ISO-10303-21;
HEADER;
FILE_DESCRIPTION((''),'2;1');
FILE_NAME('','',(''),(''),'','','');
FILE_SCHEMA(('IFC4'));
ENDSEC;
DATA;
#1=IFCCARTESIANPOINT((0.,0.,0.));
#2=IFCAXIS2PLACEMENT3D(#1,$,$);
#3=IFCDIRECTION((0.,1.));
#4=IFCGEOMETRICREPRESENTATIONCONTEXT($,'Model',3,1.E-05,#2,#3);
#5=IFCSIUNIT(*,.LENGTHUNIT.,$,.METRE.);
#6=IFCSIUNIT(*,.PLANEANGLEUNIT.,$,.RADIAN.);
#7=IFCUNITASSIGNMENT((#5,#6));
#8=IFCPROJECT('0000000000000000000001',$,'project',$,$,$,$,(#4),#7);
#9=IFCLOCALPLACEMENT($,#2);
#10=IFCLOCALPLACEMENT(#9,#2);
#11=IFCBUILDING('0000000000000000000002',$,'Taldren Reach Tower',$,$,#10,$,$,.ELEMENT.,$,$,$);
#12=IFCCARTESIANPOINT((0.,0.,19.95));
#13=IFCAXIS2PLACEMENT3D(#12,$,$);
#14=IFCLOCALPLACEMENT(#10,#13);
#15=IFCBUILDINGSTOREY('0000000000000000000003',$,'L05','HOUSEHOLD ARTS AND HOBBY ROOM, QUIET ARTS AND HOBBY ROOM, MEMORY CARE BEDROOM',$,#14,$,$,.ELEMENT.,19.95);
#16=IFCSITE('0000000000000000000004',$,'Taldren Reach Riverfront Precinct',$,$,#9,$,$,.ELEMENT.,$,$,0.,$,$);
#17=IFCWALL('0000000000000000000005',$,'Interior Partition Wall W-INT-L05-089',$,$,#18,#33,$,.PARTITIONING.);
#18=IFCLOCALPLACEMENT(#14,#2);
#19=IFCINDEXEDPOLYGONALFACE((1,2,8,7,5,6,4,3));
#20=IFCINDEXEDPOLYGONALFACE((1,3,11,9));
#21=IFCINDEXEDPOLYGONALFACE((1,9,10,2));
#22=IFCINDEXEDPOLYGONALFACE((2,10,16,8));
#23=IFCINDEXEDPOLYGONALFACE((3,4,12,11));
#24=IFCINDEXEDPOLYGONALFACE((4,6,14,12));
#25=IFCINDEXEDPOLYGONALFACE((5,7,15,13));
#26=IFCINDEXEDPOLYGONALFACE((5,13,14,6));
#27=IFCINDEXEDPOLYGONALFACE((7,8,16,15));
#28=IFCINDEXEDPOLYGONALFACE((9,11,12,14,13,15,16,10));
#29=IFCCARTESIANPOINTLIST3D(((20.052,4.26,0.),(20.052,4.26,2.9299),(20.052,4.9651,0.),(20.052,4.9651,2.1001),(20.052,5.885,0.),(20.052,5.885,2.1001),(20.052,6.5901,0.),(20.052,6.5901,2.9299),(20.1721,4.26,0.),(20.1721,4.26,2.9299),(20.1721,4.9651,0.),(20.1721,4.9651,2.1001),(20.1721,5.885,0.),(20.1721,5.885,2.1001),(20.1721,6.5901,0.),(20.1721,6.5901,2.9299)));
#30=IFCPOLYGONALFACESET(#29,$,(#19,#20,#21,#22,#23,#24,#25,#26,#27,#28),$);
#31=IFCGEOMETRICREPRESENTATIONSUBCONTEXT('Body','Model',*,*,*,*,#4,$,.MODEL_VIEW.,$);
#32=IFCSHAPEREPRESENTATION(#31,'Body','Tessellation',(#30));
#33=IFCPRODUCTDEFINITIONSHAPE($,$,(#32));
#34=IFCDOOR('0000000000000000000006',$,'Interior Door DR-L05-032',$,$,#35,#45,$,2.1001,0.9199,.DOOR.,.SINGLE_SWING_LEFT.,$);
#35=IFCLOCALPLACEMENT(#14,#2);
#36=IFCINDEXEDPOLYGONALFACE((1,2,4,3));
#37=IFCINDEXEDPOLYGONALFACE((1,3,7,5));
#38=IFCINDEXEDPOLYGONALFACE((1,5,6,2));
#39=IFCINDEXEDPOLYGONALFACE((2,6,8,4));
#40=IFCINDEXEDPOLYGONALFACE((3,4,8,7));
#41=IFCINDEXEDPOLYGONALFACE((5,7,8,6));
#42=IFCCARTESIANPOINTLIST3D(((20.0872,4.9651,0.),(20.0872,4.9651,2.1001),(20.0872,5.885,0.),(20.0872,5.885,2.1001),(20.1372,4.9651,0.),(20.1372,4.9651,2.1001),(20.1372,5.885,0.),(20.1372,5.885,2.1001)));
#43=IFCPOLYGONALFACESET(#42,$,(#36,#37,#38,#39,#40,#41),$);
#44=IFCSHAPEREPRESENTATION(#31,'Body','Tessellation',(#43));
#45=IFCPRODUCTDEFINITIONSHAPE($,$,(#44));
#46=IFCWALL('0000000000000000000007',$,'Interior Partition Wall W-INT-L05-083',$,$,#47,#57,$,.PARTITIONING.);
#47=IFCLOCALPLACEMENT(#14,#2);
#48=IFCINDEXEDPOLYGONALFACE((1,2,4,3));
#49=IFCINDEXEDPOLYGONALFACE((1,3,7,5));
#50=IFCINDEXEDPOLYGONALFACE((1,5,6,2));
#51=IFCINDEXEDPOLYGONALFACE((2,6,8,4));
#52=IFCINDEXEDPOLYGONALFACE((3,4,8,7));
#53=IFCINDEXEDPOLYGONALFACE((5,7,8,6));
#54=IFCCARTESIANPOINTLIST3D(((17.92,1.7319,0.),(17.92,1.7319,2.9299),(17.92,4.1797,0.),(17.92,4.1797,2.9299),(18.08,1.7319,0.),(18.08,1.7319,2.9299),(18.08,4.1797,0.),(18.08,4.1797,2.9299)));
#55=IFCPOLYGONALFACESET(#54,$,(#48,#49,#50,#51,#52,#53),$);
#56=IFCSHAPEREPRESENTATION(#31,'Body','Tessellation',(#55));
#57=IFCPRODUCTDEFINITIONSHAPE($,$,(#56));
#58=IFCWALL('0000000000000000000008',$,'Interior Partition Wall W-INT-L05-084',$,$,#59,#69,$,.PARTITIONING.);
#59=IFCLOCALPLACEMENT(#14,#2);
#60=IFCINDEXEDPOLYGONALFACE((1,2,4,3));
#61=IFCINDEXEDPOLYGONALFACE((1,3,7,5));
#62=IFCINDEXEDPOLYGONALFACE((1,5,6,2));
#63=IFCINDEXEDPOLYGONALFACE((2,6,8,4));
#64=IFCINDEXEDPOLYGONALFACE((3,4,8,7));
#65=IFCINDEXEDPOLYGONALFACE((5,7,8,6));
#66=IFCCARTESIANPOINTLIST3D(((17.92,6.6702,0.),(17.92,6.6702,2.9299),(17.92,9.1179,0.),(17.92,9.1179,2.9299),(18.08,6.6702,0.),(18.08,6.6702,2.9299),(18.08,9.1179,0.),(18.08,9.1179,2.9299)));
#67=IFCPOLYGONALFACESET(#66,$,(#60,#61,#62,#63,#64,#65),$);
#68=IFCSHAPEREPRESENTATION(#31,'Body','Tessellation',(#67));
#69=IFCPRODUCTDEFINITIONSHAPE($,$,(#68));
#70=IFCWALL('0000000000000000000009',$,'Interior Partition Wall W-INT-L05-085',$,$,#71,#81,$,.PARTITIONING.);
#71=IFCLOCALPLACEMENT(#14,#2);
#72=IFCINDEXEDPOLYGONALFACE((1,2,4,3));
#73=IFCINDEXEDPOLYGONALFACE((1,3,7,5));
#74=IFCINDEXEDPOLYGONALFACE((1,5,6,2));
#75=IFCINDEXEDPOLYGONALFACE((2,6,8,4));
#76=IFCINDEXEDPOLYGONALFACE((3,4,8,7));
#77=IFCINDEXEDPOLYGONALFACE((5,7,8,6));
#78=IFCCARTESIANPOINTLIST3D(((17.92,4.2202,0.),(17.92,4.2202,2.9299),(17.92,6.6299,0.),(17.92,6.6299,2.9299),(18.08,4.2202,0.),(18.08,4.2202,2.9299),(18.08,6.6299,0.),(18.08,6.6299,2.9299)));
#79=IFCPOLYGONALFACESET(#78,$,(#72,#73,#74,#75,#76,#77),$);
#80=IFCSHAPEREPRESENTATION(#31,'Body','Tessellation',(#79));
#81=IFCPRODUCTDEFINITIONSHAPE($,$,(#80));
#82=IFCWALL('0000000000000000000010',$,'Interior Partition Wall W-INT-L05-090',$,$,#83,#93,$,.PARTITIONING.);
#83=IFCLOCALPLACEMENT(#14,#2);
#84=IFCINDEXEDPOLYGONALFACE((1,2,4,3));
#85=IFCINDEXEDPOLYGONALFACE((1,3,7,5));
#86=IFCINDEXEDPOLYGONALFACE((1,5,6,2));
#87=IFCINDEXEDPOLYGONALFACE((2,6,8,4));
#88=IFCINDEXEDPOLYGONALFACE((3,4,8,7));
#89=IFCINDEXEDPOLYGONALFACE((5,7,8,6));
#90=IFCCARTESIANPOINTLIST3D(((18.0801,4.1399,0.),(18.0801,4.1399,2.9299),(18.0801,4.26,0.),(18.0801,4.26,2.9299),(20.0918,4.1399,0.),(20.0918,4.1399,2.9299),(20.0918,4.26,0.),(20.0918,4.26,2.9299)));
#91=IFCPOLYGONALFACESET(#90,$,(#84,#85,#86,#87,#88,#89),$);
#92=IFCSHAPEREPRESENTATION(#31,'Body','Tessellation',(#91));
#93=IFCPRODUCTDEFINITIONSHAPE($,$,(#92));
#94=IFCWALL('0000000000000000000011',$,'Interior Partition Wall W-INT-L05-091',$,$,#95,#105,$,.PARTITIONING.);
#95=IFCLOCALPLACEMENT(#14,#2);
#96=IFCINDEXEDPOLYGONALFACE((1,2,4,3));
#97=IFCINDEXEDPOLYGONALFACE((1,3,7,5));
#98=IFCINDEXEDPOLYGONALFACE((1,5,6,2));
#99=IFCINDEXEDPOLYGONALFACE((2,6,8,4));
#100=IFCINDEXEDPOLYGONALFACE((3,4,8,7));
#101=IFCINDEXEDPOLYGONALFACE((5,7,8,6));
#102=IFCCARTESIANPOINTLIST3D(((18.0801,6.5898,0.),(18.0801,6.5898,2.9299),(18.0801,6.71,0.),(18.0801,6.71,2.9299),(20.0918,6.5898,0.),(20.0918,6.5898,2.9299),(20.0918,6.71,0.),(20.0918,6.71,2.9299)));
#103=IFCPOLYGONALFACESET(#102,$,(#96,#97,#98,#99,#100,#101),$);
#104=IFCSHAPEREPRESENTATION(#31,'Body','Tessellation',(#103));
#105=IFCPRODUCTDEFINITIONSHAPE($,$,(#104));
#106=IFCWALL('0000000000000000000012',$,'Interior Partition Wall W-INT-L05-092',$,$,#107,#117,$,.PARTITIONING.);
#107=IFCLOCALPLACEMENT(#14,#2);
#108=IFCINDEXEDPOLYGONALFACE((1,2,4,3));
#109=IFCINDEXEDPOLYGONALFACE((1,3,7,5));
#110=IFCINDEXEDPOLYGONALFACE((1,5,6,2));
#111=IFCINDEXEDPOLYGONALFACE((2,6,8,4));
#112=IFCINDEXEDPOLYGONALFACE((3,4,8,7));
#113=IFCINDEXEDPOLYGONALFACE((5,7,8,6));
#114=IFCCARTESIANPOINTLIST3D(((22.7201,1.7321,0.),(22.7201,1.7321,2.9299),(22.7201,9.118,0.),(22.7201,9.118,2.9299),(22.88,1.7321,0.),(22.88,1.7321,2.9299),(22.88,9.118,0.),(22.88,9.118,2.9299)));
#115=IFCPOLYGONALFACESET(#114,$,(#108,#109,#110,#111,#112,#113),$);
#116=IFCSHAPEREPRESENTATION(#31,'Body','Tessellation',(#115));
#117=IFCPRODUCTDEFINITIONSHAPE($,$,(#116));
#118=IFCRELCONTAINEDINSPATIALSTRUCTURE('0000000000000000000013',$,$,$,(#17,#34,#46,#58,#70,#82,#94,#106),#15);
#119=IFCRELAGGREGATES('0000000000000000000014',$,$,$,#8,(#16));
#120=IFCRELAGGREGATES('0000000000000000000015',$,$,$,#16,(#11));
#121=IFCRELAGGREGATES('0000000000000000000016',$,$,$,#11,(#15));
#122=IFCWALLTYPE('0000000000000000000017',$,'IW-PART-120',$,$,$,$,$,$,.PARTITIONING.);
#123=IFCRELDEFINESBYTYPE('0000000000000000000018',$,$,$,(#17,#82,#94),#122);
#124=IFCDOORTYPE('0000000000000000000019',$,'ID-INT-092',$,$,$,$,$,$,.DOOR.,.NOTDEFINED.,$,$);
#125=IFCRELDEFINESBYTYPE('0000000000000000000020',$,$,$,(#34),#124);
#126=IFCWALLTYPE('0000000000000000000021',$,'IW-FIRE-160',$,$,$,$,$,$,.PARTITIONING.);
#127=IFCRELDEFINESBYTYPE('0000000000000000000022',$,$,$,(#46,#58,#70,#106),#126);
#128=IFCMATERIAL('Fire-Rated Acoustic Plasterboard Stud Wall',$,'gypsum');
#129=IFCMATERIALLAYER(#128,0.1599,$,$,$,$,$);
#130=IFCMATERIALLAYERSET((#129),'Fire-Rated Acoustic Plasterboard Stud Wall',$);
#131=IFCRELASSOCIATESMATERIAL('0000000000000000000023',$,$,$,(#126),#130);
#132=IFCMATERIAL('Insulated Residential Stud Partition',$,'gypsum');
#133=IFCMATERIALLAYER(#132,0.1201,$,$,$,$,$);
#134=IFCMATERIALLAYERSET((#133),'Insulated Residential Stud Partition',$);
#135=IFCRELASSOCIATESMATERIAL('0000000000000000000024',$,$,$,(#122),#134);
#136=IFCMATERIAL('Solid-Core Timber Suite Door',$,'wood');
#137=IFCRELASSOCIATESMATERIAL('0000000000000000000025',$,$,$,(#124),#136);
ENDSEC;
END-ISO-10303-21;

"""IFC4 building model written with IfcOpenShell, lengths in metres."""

from ifc_helpers import new_model, si_unit, direction, frame, frame_2d, origin, place, context, subcontext, project, spatial, rectangle, extrude, source, transform, mapped, material, layer, layer_set, type_object, element, fill, save


model = new_model("IFC4")

# Units and contexts
model_context = context("Model", 3, precision=1e-05, world=origin(), true_north=direction((0.0, 1.0)))
body_context = subcontext(model_context, "Body", "Model", "MODEL_VIEW")
ifc_project = project(units=[si_unit("LENGTHUNIT", "METRE"), si_unit("PLANEANGLEUNIT", "RADIAN")], contexts=[model_context])

# Site, building, storey
site_placement = place(None, origin())
site = spatial("IfcSite", under=ifc_project, at=site_placement, Name="Taldren Reach Riverfront Precinct", CompositionType="ELEMENT", RefElevation=0.0)
building_placement = place(site_placement, origin())
building = spatial("IfcBuilding", under=site, at=building_placement, Name="Taldren Reach Tower", CompositionType="ELEMENT")
storey_placement = place(building_placement, frame((0.0, 0.0, 19.95)))
storey = spatial("IfcBuildingStorey", under=building, at=storey_placement, Name="L05", Description="HOUSEHOLD ARTS AND HOBBY ROOM, QUIET ARTS AND HOBBY ROOM, MEMORY CARE BEDROOM", CompositionType="ELEMENT", Elevation=19.95)

# Shared definitions
ifc_material_1 = material(Name="Fire-Rated Acoustic Plasterboard Stud Wall", Category="gypsum")
ifc_layer_1 = layer(ifc_material_1, 0.1599)
ifc_layer_set_1 = layer_set([ifc_layer_1], Name="Fire-Rated Acoustic Plasterboard Stud Wall")
wall_type_1 = type_object("IfcWallType", Name="IW-FIRE-160", PredefinedType="PARTITIONING", material=ifc_layer_set_1)

# Shared definitions
ifc_material_2 = material(Name="Insulated Residential Stud Partition", Category="gypsum")
ifc_layer_2 = layer(ifc_material_2, 0.1201)
ifc_layer_set_2 = layer_set([ifc_layer_2], Name="Insulated Residential Stud Partition")
wall_type_2 = type_object("IfcWallType", Name="IW-PART-120", PredefinedType="PARTITIONING", material=ifc_layer_set_2)

# Wall, opening, door
shared_shape_1 = source(origin(), body_context, "Body", "SweptSolid", [
    extrude(rectangle(XDim=2.3301, YDim=0.1201, at=frame_2d((1.165, 0.0))), origin(), (0.0, 0.0, 1.0), 2.9299),
])
shared_shape_2 = source(origin(), body_context, "Body", "SweptSolid", [
    extrude(rectangle(XDim=0.9199, YDim=2.1001, at=frame_2d((0.46, 1.05))), frame((0.0, 0.0701, 0.0), z_axis=(0.0, -1.0, 0.0), x_axis=(1.0, 0.0, 0.0)), (0.0, 0.0, 1.0), 0.1401),
])
ifc_material_3 = material(Name="Solid-Core Timber Suite Door", Category="wood")
door_type_1 = type_object("IfcDoorType", Name="ID-INT-092", OperationType="NOTDEFINED", PredefinedType="DOOR", material=ifc_material_3)
shared_shape_3 = source(origin(), body_context, "Body", "SweptSolid", [
    extrude(rectangle(XDim=0.9199, YDim=2.1001, at=frame_2d((0.46, 1.05))), frame((0.0, 0.0249, 0.0), z_axis=(0.0, -1.0, 0.0), x_axis=(1.0, 0.0, 0.0)), (0.0, 0.0, 1.0), 0.05),
])
wall_1_placement = place(storey_placement, frame((20.1121, 4.26, 0.0), z_axis=(0.0, 0.0, 1.0), x_axis=(0.0, 1.0, 0.0)))
wall_1 = element("IfcWall", 1, at=wall_1_placement, inside=storey, type_object=wall_type_2, Name="Interior Partition Wall W-INT-L05-089", PredefinedType="PARTITIONING", context=body_context, shape_type="MappedRepresentation", body=[
    mapped(shared_shape_1, transform((0.0, 0.0, 0.0), scale=1.0)),
])
opening_1_placement = place(wall_1_placement, frame((0.7051, 0.0, 0.0)))
opening_1 = element("IfcOpeningElement", 2, at=opening_1_placement, cuts=wall_1, PredefinedType="OPENING", context=body_context, shape_type="MappedRepresentation", body=[
    mapped(shared_shape_2, transform((0.0, 0.0, 0.0), scale=1.0)),
])
door_1_placement = place(opening_1_placement, origin())
door_1 = element("IfcDoor", 3, at=door_1_placement, inside=storey, type_object=door_type_1, Name="Interior Door DR-L05-032", OperationType="SINGLE_SWING_LEFT", OverallHeight=2.1001, OverallWidth=0.9199, PredefinedType="DOOR", context=body_context, shape_type="MappedRepresentation", body=[
    mapped(shared_shape_3, transform((0.0, 0.0, 0.0), scale=1.0)),
])
fill(opening_1, door_1)

# Walls
shared_shape_4 = source(origin(), body_context, "Body", "SweptSolid", [
    extrude(rectangle(XDim=2.4478, YDim=0.1599, at=frame_2d((1.2239, 0.0))), origin(), (0.0, 0.0, 1.0), 2.9299),
])
for number, where, z_axis, x_axis, name in (
    (4, (18.0, 4.1797, 0.0), (0.0, 0.0, 1.0), (0.0, -1.0, 0.0), "Interior Partition Wall W-INT-L05-083"),
    (5, (18.0, 9.1179, 0.0), (0.0, 0.0, 1.0), (0.0, -1.0, 0.0), "Interior Partition Wall W-INT-L05-084"),
):
    element("IfcWall", number, at=place(storey_placement, frame(where, z_axis=z_axis, x_axis=x_axis)), inside=storey, type_object=wall_type_1, Name=name, PredefinedType="PARTITIONING", context=body_context, shape_type="MappedRepresentation", body=[
        mapped(shared_shape_4, transform((0.0, 0.0, 0.0), scale=1.0)),
    ])
shared_shape_5 = source(origin(), body_context, "Body", "SweptSolid", [
    extrude(rectangle(XDim=2.4097, YDim=0.1599, at=frame_2d((1.2048, 0.0))), origin(), (0.0, 0.0, 1.0), 2.9299),
])
wall_2_placement = place(storey_placement, frame((18.0, 6.6299, 0.0), z_axis=(0.0, 0.0, 1.0), x_axis=(0.0, -1.0, 0.0)))
element("IfcWall", 6, at=wall_2_placement, inside=storey, type_object=wall_type_1, Name="Interior Partition Wall W-INT-L05-085", PredefinedType="PARTITIONING", context=body_context, shape_type="MappedRepresentation", body=[
    mapped(shared_shape_5, transform((0.0, 0.0, 0.0), scale=1.0)),
])
shared_shape_6 = source(origin(), body_context, "Body", "SweptSolid", [
    extrude(rectangle(XDim=2.0117, YDim=0.1201, at=frame_2d((1.0059, 0.0))), origin(), (0.0, 0.0, 1.0), 2.9299),
])
for number, where, z_axis, x_axis, name in (
    (7, (18.0801, 4.2, 0.0), (0.0, 0.0, 1.0), (1.0, 0.0, 0.0), "Interior Partition Wall W-INT-L05-090"),
    (8, (20.0918, 6.6499, 0.0), (0.0, 0.0, 1.0), (-1.0, 0.0, 0.0), "Interior Partition Wall W-INT-L05-091"),
):
    element("IfcWall", number, at=place(storey_placement, frame(where, z_axis=z_axis, x_axis=x_axis)), inside=storey, type_object=wall_type_2, Name=name, PredefinedType="PARTITIONING", context=body_context, shape_type="MappedRepresentation", body=[
        mapped(shared_shape_6, transform((0.0, 0.0, 0.0), scale=1.0)),
    ])
shared_shape_7 = source(origin(), body_context, "Body", "SweptSolid", [
    extrude(rectangle(XDim=7.386, YDim=0.1599, at=frame_2d((3.6929, 0.0))), origin(), (0.0, 0.0, 1.0), 2.9299),
])
wall_3_placement = place(storey_placement, frame((22.8, 9.1179, 0.0), z_axis=(0.0, 0.0, 1.0), x_axis=(0.0, -1.0, 0.0)))
element("IfcWall", 9, at=wall_3_placement, inside=storey, type_object=wall_type_1, Name="Interior Partition Wall W-INT-L05-092", PredefinedType="PARTITIONING", context=body_context, shape_type="MappedRepresentation", body=[
    mapped(shared_shape_7, transform((0.0, 0.0, 0.0), scale=1.0)),
])

save(model, "model.ifc")
